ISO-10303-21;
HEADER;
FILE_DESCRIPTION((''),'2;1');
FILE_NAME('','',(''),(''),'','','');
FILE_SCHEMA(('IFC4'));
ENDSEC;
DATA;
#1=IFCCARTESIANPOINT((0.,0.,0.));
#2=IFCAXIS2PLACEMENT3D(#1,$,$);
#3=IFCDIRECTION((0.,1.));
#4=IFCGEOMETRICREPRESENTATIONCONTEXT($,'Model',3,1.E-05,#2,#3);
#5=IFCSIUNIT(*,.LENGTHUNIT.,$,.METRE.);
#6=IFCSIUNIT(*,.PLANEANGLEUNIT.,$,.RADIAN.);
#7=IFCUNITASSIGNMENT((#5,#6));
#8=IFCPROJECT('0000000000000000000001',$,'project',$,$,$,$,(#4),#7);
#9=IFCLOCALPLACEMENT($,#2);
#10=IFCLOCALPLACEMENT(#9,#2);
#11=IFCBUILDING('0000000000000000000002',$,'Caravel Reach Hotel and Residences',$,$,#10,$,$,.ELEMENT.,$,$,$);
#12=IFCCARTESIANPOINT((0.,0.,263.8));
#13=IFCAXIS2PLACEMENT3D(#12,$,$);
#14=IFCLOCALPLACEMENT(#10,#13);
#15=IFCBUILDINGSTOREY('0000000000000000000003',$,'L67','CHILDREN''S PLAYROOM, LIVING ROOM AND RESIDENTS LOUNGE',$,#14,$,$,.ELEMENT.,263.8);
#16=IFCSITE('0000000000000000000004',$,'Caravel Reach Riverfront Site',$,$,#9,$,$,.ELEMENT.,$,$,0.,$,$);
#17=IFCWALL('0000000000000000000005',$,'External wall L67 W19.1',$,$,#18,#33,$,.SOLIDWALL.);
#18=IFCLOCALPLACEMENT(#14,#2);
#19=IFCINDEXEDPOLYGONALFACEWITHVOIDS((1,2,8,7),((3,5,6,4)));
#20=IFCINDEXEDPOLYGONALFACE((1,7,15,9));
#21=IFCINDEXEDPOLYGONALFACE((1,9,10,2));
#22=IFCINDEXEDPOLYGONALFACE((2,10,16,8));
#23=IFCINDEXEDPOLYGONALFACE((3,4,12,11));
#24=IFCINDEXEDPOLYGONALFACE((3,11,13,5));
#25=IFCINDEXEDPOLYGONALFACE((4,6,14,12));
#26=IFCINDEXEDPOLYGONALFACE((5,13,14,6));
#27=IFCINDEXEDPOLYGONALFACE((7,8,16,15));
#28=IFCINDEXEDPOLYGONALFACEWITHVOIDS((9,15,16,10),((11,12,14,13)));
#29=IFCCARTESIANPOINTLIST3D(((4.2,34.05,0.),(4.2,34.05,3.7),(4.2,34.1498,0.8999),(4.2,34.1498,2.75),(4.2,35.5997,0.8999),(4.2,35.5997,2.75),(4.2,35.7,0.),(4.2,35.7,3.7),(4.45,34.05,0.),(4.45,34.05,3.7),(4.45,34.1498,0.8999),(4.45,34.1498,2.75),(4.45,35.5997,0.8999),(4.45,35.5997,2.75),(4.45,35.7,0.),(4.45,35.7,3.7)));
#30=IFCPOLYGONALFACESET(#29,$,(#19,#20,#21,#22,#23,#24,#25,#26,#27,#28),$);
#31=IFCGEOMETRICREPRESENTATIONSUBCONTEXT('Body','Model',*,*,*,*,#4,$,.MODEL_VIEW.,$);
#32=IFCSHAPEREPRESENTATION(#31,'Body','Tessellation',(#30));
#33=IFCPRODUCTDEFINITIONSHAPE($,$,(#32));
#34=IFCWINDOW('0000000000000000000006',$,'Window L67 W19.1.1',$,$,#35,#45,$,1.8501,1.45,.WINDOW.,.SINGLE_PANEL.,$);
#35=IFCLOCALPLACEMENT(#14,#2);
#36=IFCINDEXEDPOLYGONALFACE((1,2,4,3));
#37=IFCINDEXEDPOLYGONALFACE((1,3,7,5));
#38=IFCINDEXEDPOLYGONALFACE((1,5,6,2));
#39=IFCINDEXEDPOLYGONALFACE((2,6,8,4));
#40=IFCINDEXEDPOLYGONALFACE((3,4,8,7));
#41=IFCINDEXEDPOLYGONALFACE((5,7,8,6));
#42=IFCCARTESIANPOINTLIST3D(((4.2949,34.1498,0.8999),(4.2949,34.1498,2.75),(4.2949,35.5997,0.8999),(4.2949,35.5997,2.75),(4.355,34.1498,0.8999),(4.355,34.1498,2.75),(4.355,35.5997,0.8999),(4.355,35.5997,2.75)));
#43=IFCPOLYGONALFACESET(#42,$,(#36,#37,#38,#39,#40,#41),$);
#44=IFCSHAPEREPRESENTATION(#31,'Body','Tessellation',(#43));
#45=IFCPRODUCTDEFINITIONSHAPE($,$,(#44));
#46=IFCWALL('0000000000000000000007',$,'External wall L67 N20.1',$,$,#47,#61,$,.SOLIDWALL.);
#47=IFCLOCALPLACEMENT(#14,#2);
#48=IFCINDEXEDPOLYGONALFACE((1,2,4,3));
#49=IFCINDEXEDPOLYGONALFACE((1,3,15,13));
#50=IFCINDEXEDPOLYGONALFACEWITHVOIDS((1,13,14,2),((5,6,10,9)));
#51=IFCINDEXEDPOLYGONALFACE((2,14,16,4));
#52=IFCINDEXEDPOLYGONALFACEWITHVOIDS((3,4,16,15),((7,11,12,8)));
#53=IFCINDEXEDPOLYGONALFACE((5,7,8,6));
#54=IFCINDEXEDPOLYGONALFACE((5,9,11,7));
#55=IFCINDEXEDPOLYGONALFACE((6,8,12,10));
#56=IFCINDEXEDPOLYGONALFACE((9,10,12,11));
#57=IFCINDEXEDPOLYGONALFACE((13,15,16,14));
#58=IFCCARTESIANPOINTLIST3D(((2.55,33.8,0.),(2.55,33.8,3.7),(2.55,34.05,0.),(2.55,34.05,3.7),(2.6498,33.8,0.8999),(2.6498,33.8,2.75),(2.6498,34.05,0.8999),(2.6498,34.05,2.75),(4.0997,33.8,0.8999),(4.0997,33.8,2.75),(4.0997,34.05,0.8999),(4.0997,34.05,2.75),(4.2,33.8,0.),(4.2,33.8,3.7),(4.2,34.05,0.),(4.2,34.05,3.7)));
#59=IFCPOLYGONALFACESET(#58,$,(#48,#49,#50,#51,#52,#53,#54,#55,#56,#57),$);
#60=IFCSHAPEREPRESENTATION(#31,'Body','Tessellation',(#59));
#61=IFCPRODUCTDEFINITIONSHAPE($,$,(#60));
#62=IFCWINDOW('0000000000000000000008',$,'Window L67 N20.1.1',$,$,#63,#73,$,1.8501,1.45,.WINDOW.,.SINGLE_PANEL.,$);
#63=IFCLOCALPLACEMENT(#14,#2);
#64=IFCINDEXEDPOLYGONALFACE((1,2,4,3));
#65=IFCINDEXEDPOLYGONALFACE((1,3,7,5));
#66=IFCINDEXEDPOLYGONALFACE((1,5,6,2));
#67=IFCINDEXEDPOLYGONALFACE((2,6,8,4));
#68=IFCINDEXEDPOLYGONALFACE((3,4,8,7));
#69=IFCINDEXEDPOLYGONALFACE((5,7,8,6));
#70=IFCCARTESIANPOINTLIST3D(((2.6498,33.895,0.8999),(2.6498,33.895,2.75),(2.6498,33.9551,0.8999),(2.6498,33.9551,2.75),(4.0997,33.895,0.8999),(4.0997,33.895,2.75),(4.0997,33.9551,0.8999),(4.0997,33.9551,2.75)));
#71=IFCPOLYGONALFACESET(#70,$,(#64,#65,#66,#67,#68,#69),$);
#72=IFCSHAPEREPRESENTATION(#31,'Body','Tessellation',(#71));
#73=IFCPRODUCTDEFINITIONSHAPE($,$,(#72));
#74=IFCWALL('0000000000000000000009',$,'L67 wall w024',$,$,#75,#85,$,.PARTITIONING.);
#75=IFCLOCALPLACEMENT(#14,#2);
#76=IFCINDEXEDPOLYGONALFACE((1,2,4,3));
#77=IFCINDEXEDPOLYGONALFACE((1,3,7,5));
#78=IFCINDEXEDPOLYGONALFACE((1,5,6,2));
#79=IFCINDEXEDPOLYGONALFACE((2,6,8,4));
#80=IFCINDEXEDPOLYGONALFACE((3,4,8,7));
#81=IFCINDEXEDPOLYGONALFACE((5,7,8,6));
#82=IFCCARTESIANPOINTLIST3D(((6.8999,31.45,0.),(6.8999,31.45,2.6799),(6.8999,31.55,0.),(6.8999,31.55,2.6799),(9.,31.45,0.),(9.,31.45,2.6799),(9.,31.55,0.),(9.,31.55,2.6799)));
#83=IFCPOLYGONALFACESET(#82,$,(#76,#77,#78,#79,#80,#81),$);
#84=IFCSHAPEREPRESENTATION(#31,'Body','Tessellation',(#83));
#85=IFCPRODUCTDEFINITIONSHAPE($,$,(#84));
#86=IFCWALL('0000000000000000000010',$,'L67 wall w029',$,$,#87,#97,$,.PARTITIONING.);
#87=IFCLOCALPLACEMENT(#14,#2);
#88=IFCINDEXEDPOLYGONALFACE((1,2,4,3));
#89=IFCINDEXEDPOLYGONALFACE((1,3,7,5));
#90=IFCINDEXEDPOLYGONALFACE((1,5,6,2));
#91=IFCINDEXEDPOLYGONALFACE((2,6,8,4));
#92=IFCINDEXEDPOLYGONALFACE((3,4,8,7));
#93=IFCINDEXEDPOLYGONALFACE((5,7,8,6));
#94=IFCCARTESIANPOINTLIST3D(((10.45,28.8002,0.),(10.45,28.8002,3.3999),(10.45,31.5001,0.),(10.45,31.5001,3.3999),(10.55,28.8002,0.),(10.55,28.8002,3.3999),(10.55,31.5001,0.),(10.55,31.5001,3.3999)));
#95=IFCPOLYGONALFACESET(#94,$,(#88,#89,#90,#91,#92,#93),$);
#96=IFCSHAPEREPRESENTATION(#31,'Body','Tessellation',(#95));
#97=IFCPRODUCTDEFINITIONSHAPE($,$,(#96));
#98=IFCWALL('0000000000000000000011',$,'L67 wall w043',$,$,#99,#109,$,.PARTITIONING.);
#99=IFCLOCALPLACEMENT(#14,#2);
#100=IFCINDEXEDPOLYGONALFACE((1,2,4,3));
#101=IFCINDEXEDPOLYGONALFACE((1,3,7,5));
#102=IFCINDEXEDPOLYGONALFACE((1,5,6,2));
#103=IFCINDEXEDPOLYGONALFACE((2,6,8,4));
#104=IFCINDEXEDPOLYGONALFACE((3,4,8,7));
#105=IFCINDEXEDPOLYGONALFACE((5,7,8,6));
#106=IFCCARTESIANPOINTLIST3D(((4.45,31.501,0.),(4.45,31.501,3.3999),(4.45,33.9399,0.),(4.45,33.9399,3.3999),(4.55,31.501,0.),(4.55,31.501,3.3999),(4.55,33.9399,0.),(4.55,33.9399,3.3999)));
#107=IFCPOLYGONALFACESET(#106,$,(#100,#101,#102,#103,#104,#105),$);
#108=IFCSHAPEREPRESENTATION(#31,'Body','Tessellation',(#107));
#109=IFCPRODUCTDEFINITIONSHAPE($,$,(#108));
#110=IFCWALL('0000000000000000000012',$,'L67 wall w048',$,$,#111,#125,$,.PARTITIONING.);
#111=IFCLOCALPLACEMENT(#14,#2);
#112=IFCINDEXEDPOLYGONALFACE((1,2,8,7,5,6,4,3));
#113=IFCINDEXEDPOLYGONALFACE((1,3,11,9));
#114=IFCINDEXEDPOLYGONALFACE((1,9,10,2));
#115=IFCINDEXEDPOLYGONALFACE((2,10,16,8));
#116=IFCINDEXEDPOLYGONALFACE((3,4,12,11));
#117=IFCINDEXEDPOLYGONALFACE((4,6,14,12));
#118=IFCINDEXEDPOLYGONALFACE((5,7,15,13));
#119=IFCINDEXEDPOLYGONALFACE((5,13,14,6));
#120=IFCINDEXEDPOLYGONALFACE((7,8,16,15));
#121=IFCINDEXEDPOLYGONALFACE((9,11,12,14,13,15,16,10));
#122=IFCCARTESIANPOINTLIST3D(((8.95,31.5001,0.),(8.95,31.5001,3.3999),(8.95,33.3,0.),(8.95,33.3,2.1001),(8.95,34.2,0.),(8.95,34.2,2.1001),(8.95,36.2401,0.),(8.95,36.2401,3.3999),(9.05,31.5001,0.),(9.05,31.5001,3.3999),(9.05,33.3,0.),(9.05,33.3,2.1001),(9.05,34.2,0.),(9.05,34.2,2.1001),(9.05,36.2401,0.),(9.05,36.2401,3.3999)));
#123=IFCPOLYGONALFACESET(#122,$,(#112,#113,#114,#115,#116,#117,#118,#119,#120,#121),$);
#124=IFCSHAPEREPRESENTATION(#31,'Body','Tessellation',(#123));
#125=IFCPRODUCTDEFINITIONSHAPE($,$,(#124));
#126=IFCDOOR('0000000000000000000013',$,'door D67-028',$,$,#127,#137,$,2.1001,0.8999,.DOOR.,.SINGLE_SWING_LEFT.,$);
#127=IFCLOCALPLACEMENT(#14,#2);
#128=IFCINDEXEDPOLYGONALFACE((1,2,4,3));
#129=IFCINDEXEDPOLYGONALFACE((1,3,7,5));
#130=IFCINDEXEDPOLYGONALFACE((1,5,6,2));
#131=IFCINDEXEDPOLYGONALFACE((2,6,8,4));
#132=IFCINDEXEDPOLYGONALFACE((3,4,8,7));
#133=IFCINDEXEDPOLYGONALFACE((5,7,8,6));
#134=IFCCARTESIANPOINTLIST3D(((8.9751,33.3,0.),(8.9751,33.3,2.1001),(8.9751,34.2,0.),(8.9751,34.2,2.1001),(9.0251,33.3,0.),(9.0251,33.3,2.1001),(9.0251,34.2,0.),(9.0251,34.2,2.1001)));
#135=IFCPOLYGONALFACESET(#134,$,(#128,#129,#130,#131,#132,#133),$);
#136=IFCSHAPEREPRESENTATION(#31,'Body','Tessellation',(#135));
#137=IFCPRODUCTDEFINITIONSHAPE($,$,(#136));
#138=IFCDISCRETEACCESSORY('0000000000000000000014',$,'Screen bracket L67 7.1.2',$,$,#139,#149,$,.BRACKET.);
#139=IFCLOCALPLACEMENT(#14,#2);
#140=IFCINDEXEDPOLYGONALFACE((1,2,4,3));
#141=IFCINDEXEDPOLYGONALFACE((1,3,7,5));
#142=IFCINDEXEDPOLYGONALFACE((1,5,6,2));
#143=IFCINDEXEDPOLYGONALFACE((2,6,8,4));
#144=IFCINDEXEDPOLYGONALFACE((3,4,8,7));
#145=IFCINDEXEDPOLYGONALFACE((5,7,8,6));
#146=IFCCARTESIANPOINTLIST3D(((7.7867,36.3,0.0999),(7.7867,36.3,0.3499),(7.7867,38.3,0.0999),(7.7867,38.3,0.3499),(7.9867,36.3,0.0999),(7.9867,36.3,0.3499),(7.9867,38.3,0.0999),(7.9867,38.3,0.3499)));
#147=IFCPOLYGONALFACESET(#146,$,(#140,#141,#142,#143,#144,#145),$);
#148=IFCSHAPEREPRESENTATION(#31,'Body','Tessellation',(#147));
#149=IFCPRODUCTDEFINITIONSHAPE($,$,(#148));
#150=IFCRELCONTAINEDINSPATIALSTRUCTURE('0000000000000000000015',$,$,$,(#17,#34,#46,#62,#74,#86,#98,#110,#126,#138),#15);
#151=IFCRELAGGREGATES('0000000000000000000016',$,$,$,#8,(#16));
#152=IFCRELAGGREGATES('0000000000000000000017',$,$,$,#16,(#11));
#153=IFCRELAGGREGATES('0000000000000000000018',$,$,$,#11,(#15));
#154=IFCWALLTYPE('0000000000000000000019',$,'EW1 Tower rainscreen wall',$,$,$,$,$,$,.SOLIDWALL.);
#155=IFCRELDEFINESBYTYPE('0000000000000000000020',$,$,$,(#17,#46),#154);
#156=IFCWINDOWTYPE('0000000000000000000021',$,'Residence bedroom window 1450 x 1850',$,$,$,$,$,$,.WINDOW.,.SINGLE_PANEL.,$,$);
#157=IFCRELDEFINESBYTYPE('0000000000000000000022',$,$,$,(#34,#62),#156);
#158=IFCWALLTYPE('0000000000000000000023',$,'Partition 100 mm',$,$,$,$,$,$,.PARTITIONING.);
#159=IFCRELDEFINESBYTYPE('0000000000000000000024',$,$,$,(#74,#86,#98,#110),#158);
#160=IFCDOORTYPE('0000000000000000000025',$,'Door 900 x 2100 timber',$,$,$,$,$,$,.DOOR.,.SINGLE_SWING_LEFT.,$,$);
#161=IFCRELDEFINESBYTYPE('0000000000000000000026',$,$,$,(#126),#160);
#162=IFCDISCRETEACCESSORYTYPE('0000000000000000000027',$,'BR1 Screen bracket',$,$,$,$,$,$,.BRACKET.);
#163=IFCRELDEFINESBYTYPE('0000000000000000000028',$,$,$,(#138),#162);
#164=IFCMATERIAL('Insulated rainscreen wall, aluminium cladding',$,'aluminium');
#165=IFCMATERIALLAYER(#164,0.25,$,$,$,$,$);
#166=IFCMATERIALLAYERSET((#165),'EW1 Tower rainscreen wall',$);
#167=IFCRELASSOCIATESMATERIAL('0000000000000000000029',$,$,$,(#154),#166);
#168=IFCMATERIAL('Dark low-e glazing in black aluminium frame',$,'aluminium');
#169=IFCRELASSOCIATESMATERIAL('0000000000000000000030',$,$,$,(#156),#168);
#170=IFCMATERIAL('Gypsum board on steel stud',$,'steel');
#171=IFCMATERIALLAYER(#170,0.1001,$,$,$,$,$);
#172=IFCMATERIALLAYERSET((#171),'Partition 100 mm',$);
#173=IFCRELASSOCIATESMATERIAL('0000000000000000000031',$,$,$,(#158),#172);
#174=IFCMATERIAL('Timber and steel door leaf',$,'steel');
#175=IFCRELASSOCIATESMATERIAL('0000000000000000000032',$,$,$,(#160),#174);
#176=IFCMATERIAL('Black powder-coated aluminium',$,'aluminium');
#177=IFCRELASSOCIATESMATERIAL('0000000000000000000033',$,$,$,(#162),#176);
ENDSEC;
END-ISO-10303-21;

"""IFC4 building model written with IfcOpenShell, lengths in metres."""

from ifc_helpers import new_model, si_unit, direction, frame, frame_2d, origin, origin_2d, place, context, subcontext, project, spatial, rectangle, extrude, material, layer, layer_set, type_object, element, fill, save


model = new_model("IFC4")

# Units and contexts
model_context = context("Model", 3, precision=1e-05, world=origin(), true_north=direction((0.0, 1.0)))
body_context = subcontext(model_context, "Body", "Model", "MODEL_VIEW")
ifc_project = project(units=[si_unit("LENGTHUNIT", "METRE"), si_unit("PLANEANGLEUNIT", "RADIAN")], contexts=[model_context])

# Site, building, storey
site_placement = place(None, origin())
site = spatial("IfcSite", under=ifc_project, at=site_placement, Name="Caravel Reach Riverfront Site", CompositionType="ELEMENT", RefElevation=0.0)
building_placement = place(site_placement, origin())
building = spatial("IfcBuilding", under=site, at=building_placement, Name="Caravel Reach Hotel and Residences", CompositionType="ELEMENT")
storey_placement = place(building_placement, frame((0.0, 0.0, 263.8)))
storey = spatial("IfcBuildingStorey", under=building, at=storey_placement, Name="L67", Description="CHILDREN'S PLAYROOM, LIVING ROOM AND RESIDENTS LOUNGE", CompositionType="ELEMENT", Elevation=263.8)

# Walls, openings, windows
ifc_material_1 = material(Name="Insulated rainscreen wall, aluminium cladding", Category="aluminium")
ifc_layer_1 = layer(ifc_material_1, 0.25)
ifc_layer_set_1 = layer_set([ifc_layer_1], Name="EW1 Tower rainscreen wall")
wall_type_1 = type_object("IfcWallType", Name="EW1 Tower rainscreen wall", PredefinedType="SOLIDWALL", material=ifc_layer_set_1)
wall_1_placement = place(storey_placement, frame((4.325, 35.7, 0.0), z_axis=(0.0, 0.0, 1.0), x_axis=(0.0, -1.0, 0.0)))
wall_1 = element("IfcWall", 1, at=wall_1_placement, inside=storey, type_object=wall_type_1, Name="External wall L67 W19.1", PredefinedType="SOLIDWALL", context=body_context, shape_type="SweptSolid", body=[
    extrude(rectangle(XDim=1.6499, YDim=0.25, at=frame_2d((0.825, 0.0))), origin(), (0.0, 0.0, 1.0), 3.7),
])
opening_1_placement = place(wall_1_placement, frame((0.1001, 0.0, 0.8999)))
opening_1 = element("IfcOpeningElement", 2, at=opening_1_placement, cuts=wall_1, PredefinedType="OPENING", context=body_context, shape_type="SweptSolid", body=[
    extrude(rectangle(XDim=1.45, YDim=1.8501, at=frame_2d((0.7251, 0.925))), frame((0.0, 0.135, 0.0), z_axis=(0.0, -1.0, 0.0), x_axis=(1.0, 0.0, 0.0)), (0.0, 0.0, 1.0), 0.27),
])
ifc_material_2 = material(Name="Dark low-e glazing in black aluminium frame", Category="aluminium")
window_type = type_object("IfcWindowType", Name="Residence bedroom window 1450 x 1850", PartitioningType="SINGLE_PANEL", PredefinedType="WINDOW", material=ifc_material_2)
window_1_placement = place(opening_1_placement, origin())
window_1 = element("IfcWindow", 3, at=window_1_placement, inside=storey, type_object=window_type, Name="Window L67 W19.1.1", OverallHeight=1.8501, OverallWidth=1.45, PartitioningType="SINGLE_PANEL", PredefinedType="WINDOW", context=body_context, shape_type="SweptSolid", body=[
    extrude(rectangle(XDim=1.45, YDim=1.8501, at=frame_2d((0.7251, 0.925))), frame((0.0, 0.03, 0.0), z_axis=(0.0, -1.0, 0.0), x_axis=(1.0, 0.0, 0.0)), (0.0, 0.0, 1.0), 0.0601),
])
fill(opening_1, window_1)
wall_2_placement = place(storey_placement, frame((4.2, 33.925, 0.0), z_axis=(0.0, 0.0, 1.0), x_axis=(-1.0, 0.0, 0.0)))
wall_2 = element("IfcWall", 4, at=wall_2_placement, inside=storey, type_object=wall_type_1, Name="External wall L67 N20.1", PredefinedType="SOLIDWALL", context=body_context, shape_type="SweptSolid", body=[
    extrude(rectangle(XDim=1.6499, YDim=0.25, at=frame_2d((0.825, 0.0))), origin(), (0.0, 0.0, 1.0), 3.7),
])
opening_2_placement = place(wall_2_placement, frame((0.1001, 0.0, 0.8999)))
opening_2 = element("IfcOpeningElement", 5, at=opening_2_placement, cuts=wall_2, PredefinedType="OPENING", context=body_context, shape_type="SweptSolid", body=[
    extrude(rectangle(XDim=1.45, YDim=1.8501, at=frame_2d((0.7251, 0.925))), frame((0.0, 0.135, 0.0), z_axis=(0.0, -1.0, 0.0), x_axis=(1.0, 0.0, 0.0)), (0.0, 0.0, 1.0), 0.27),
])
window_2_placement = place(opening_2_placement, origin())
window_2 = element("IfcWindow", 6, at=window_2_placement, inside=storey, type_object=window_type, Name="Window L67 N20.1.1", OverallHeight=1.8501, OverallWidth=1.45, PartitioningType="SINGLE_PANEL", PredefinedType="WINDOW", context=body_context, shape_type="SweptSolid", body=[
    extrude(rectangle(XDim=1.45, YDim=1.8501, at=frame_2d((0.7251, 0.925))), frame((0.0, 0.03, 0.0), z_axis=(0.0, -1.0, 0.0), x_axis=(1.0, 0.0, 0.0)), (0.0, 0.0, 1.0), 0.0601),
])
fill(opening_2, window_2)

# Walls
ifc_material_3 = material(Name="Gypsum board on steel stud", Category="steel")
ifc_layer_2 = layer(ifc_material_3, 0.1001)
ifc_layer_set_2 = layer_set([ifc_layer_2], Name="Partition 100 mm")
wall_type_2 = type_object("IfcWallType", Name="Partition 100 mm", PredefinedType="PARTITIONING", material=ifc_layer_set_2)
wall_3_placement = place(storey_placement, frame((6.8999, 31.5, 0.0), z_axis=(0.0, 0.0, 1.0), x_axis=(1.0, 0.0, 0.0)))
element("IfcWall", 7, at=wall_3_placement, inside=storey, type_object=wall_type_2, Name="L67 wall w024", PredefinedType="PARTITIONING", context=body_context, shape_type="SweptSolid", body=[
    extrude(rectangle(XDim=2.1001, YDim=0.1001, at=frame_2d((1.05, 0.0))), origin(), (0.0, 0.0, 1.0), 2.6799),
])
wall_4_placement = place(storey_placement, frame((10.5, 28.8, 0.0), z_axis=(0.0, 0.0, 1.0), x_axis=(0.0, 1.0, 0.0)))
element("IfcWall", 8, at=wall_4_placement, inside=storey, type_object=wall_type_2, Name="L67 wall w029", PredefinedType="PARTITIONING", context=body_context, shape_type="SweptSolid", body=[
    extrude(rectangle(XDim=2.7, YDim=0.1001, at=frame_2d((1.3501, 0.0))), origin(), (0.0, 0.0, 1.0), 3.3999),
])
wall_5_placement = place(storey_placement, frame((4.5, 31.501, 0.0), z_axis=(0.0, 0.0, 1.0), x_axis=(0.0, 1.0, 0.0)))
element("IfcWall", 9, at=wall_5_placement, inside=storey, type_object=wall_type_2, Name="L67 wall w043", PredefinedType="PARTITIONING", context=body_context, shape_type="SweptSolid", body=[
    extrude(rectangle(XDim=2.439, YDim=0.1001, at=frame_2d((1.2195, 0.0))), origin(), (0.0, 0.0, 1.0), 3.3999),
])

# Wall, opening, door
wall_6_placement = place(storey_placement, frame((9.0, 31.5, 0.0), z_axis=(0.0, 0.0, 1.0), x_axis=(0.0, 1.0, 0.0)))
wall_6 = element("IfcWall", 10, at=wall_6_placement, inside=storey, type_object=wall_type_2, Name="L67 wall w048", PredefinedType="PARTITIONING", context=body_context, shape_type="SweptSolid", body=[
    extrude(rectangle(XDim=4.74, YDim=0.1001, at=frame_2d((2.3701, 0.0))), origin(), (0.0, 0.0, 1.0), 3.3999),
])
opening_3_placement = place(wall_6_placement, frame((1.8, 0.0, 0.0)))
opening_3 = element("IfcOpeningElement", 11, at=opening_3_placement, cuts=wall_6, PredefinedType="OPENING", context=body_context, shape_type="SweptSolid", body=[
    extrude(rectangle(XDim=0.8999, YDim=2.1001, at=frame_2d((0.45, 1.05))), frame((0.0, 0.0601, 0.0), z_axis=(0.0, -1.0, 0.0), x_axis=(1.0, 0.0, 0.0)), (0.0, 0.0, 1.0), 0.1201),
])
ifc_material_4 = material(Name="Timber and steel door leaf", Category="steel")
door_type_1 = type_object("IfcDoorType", Name="Door 900 x 2100 timber", OperationType="SINGLE_SWING_LEFT", PredefinedType="DOOR", material=ifc_material_4)
door_1_placement = place(opening_3_placement, origin())
door_1 = element("IfcDoor", 12, at=door_1_placement, inside=storey, type_object=door_type_1, Name="door D67-028", OperationType="SINGLE_SWING_LEFT", OverallHeight=2.1001, OverallWidth=0.8999, PredefinedType="DOOR", context=body_context, shape_type="SweptSolid", body=[
    extrude(rectangle(XDim=0.8999, YDim=2.1001, at=frame_2d((0.45, 1.05))), frame((0.0, 0.0249, 0.0), z_axis=(0.0, -1.0, 0.0), x_axis=(1.0, 0.0, 0.0)), (0.0, 0.0, 1.0), 0.05),
])
fill(opening_3, door_1)

# Discrete accessory
ifc_material_5 = material(Name="Black powder-coated aluminium", Category="aluminium")
discrete_accessory_type = type_object("IfcDiscreteAccessoryType", Name="BR1 Screen bracket", PredefinedType="BRACKET", material=ifc_material_5)
discrete_accessory_placement = place(storey_placement, frame((7.8867, 37.3, 0.0999), z_axis=(0.0, 0.0, 1.0), x_axis=(0.0, 1.0, 0.0)))
element("IfcDiscreteAccessory", 13, at=discrete_accessory_placement, inside=storey, type_object=discrete_accessory_type, Name="Screen bracket L67 7.1.2", PredefinedType="BRACKET", context=body_context, shape_type="SweptSolid", body=[
    extrude(rectangle(XDim=2.0, YDim=0.2, at=origin_2d()), origin(), (0.0, 0.0, 1.0), 0.25),
])

save(model, "model.ifc")
